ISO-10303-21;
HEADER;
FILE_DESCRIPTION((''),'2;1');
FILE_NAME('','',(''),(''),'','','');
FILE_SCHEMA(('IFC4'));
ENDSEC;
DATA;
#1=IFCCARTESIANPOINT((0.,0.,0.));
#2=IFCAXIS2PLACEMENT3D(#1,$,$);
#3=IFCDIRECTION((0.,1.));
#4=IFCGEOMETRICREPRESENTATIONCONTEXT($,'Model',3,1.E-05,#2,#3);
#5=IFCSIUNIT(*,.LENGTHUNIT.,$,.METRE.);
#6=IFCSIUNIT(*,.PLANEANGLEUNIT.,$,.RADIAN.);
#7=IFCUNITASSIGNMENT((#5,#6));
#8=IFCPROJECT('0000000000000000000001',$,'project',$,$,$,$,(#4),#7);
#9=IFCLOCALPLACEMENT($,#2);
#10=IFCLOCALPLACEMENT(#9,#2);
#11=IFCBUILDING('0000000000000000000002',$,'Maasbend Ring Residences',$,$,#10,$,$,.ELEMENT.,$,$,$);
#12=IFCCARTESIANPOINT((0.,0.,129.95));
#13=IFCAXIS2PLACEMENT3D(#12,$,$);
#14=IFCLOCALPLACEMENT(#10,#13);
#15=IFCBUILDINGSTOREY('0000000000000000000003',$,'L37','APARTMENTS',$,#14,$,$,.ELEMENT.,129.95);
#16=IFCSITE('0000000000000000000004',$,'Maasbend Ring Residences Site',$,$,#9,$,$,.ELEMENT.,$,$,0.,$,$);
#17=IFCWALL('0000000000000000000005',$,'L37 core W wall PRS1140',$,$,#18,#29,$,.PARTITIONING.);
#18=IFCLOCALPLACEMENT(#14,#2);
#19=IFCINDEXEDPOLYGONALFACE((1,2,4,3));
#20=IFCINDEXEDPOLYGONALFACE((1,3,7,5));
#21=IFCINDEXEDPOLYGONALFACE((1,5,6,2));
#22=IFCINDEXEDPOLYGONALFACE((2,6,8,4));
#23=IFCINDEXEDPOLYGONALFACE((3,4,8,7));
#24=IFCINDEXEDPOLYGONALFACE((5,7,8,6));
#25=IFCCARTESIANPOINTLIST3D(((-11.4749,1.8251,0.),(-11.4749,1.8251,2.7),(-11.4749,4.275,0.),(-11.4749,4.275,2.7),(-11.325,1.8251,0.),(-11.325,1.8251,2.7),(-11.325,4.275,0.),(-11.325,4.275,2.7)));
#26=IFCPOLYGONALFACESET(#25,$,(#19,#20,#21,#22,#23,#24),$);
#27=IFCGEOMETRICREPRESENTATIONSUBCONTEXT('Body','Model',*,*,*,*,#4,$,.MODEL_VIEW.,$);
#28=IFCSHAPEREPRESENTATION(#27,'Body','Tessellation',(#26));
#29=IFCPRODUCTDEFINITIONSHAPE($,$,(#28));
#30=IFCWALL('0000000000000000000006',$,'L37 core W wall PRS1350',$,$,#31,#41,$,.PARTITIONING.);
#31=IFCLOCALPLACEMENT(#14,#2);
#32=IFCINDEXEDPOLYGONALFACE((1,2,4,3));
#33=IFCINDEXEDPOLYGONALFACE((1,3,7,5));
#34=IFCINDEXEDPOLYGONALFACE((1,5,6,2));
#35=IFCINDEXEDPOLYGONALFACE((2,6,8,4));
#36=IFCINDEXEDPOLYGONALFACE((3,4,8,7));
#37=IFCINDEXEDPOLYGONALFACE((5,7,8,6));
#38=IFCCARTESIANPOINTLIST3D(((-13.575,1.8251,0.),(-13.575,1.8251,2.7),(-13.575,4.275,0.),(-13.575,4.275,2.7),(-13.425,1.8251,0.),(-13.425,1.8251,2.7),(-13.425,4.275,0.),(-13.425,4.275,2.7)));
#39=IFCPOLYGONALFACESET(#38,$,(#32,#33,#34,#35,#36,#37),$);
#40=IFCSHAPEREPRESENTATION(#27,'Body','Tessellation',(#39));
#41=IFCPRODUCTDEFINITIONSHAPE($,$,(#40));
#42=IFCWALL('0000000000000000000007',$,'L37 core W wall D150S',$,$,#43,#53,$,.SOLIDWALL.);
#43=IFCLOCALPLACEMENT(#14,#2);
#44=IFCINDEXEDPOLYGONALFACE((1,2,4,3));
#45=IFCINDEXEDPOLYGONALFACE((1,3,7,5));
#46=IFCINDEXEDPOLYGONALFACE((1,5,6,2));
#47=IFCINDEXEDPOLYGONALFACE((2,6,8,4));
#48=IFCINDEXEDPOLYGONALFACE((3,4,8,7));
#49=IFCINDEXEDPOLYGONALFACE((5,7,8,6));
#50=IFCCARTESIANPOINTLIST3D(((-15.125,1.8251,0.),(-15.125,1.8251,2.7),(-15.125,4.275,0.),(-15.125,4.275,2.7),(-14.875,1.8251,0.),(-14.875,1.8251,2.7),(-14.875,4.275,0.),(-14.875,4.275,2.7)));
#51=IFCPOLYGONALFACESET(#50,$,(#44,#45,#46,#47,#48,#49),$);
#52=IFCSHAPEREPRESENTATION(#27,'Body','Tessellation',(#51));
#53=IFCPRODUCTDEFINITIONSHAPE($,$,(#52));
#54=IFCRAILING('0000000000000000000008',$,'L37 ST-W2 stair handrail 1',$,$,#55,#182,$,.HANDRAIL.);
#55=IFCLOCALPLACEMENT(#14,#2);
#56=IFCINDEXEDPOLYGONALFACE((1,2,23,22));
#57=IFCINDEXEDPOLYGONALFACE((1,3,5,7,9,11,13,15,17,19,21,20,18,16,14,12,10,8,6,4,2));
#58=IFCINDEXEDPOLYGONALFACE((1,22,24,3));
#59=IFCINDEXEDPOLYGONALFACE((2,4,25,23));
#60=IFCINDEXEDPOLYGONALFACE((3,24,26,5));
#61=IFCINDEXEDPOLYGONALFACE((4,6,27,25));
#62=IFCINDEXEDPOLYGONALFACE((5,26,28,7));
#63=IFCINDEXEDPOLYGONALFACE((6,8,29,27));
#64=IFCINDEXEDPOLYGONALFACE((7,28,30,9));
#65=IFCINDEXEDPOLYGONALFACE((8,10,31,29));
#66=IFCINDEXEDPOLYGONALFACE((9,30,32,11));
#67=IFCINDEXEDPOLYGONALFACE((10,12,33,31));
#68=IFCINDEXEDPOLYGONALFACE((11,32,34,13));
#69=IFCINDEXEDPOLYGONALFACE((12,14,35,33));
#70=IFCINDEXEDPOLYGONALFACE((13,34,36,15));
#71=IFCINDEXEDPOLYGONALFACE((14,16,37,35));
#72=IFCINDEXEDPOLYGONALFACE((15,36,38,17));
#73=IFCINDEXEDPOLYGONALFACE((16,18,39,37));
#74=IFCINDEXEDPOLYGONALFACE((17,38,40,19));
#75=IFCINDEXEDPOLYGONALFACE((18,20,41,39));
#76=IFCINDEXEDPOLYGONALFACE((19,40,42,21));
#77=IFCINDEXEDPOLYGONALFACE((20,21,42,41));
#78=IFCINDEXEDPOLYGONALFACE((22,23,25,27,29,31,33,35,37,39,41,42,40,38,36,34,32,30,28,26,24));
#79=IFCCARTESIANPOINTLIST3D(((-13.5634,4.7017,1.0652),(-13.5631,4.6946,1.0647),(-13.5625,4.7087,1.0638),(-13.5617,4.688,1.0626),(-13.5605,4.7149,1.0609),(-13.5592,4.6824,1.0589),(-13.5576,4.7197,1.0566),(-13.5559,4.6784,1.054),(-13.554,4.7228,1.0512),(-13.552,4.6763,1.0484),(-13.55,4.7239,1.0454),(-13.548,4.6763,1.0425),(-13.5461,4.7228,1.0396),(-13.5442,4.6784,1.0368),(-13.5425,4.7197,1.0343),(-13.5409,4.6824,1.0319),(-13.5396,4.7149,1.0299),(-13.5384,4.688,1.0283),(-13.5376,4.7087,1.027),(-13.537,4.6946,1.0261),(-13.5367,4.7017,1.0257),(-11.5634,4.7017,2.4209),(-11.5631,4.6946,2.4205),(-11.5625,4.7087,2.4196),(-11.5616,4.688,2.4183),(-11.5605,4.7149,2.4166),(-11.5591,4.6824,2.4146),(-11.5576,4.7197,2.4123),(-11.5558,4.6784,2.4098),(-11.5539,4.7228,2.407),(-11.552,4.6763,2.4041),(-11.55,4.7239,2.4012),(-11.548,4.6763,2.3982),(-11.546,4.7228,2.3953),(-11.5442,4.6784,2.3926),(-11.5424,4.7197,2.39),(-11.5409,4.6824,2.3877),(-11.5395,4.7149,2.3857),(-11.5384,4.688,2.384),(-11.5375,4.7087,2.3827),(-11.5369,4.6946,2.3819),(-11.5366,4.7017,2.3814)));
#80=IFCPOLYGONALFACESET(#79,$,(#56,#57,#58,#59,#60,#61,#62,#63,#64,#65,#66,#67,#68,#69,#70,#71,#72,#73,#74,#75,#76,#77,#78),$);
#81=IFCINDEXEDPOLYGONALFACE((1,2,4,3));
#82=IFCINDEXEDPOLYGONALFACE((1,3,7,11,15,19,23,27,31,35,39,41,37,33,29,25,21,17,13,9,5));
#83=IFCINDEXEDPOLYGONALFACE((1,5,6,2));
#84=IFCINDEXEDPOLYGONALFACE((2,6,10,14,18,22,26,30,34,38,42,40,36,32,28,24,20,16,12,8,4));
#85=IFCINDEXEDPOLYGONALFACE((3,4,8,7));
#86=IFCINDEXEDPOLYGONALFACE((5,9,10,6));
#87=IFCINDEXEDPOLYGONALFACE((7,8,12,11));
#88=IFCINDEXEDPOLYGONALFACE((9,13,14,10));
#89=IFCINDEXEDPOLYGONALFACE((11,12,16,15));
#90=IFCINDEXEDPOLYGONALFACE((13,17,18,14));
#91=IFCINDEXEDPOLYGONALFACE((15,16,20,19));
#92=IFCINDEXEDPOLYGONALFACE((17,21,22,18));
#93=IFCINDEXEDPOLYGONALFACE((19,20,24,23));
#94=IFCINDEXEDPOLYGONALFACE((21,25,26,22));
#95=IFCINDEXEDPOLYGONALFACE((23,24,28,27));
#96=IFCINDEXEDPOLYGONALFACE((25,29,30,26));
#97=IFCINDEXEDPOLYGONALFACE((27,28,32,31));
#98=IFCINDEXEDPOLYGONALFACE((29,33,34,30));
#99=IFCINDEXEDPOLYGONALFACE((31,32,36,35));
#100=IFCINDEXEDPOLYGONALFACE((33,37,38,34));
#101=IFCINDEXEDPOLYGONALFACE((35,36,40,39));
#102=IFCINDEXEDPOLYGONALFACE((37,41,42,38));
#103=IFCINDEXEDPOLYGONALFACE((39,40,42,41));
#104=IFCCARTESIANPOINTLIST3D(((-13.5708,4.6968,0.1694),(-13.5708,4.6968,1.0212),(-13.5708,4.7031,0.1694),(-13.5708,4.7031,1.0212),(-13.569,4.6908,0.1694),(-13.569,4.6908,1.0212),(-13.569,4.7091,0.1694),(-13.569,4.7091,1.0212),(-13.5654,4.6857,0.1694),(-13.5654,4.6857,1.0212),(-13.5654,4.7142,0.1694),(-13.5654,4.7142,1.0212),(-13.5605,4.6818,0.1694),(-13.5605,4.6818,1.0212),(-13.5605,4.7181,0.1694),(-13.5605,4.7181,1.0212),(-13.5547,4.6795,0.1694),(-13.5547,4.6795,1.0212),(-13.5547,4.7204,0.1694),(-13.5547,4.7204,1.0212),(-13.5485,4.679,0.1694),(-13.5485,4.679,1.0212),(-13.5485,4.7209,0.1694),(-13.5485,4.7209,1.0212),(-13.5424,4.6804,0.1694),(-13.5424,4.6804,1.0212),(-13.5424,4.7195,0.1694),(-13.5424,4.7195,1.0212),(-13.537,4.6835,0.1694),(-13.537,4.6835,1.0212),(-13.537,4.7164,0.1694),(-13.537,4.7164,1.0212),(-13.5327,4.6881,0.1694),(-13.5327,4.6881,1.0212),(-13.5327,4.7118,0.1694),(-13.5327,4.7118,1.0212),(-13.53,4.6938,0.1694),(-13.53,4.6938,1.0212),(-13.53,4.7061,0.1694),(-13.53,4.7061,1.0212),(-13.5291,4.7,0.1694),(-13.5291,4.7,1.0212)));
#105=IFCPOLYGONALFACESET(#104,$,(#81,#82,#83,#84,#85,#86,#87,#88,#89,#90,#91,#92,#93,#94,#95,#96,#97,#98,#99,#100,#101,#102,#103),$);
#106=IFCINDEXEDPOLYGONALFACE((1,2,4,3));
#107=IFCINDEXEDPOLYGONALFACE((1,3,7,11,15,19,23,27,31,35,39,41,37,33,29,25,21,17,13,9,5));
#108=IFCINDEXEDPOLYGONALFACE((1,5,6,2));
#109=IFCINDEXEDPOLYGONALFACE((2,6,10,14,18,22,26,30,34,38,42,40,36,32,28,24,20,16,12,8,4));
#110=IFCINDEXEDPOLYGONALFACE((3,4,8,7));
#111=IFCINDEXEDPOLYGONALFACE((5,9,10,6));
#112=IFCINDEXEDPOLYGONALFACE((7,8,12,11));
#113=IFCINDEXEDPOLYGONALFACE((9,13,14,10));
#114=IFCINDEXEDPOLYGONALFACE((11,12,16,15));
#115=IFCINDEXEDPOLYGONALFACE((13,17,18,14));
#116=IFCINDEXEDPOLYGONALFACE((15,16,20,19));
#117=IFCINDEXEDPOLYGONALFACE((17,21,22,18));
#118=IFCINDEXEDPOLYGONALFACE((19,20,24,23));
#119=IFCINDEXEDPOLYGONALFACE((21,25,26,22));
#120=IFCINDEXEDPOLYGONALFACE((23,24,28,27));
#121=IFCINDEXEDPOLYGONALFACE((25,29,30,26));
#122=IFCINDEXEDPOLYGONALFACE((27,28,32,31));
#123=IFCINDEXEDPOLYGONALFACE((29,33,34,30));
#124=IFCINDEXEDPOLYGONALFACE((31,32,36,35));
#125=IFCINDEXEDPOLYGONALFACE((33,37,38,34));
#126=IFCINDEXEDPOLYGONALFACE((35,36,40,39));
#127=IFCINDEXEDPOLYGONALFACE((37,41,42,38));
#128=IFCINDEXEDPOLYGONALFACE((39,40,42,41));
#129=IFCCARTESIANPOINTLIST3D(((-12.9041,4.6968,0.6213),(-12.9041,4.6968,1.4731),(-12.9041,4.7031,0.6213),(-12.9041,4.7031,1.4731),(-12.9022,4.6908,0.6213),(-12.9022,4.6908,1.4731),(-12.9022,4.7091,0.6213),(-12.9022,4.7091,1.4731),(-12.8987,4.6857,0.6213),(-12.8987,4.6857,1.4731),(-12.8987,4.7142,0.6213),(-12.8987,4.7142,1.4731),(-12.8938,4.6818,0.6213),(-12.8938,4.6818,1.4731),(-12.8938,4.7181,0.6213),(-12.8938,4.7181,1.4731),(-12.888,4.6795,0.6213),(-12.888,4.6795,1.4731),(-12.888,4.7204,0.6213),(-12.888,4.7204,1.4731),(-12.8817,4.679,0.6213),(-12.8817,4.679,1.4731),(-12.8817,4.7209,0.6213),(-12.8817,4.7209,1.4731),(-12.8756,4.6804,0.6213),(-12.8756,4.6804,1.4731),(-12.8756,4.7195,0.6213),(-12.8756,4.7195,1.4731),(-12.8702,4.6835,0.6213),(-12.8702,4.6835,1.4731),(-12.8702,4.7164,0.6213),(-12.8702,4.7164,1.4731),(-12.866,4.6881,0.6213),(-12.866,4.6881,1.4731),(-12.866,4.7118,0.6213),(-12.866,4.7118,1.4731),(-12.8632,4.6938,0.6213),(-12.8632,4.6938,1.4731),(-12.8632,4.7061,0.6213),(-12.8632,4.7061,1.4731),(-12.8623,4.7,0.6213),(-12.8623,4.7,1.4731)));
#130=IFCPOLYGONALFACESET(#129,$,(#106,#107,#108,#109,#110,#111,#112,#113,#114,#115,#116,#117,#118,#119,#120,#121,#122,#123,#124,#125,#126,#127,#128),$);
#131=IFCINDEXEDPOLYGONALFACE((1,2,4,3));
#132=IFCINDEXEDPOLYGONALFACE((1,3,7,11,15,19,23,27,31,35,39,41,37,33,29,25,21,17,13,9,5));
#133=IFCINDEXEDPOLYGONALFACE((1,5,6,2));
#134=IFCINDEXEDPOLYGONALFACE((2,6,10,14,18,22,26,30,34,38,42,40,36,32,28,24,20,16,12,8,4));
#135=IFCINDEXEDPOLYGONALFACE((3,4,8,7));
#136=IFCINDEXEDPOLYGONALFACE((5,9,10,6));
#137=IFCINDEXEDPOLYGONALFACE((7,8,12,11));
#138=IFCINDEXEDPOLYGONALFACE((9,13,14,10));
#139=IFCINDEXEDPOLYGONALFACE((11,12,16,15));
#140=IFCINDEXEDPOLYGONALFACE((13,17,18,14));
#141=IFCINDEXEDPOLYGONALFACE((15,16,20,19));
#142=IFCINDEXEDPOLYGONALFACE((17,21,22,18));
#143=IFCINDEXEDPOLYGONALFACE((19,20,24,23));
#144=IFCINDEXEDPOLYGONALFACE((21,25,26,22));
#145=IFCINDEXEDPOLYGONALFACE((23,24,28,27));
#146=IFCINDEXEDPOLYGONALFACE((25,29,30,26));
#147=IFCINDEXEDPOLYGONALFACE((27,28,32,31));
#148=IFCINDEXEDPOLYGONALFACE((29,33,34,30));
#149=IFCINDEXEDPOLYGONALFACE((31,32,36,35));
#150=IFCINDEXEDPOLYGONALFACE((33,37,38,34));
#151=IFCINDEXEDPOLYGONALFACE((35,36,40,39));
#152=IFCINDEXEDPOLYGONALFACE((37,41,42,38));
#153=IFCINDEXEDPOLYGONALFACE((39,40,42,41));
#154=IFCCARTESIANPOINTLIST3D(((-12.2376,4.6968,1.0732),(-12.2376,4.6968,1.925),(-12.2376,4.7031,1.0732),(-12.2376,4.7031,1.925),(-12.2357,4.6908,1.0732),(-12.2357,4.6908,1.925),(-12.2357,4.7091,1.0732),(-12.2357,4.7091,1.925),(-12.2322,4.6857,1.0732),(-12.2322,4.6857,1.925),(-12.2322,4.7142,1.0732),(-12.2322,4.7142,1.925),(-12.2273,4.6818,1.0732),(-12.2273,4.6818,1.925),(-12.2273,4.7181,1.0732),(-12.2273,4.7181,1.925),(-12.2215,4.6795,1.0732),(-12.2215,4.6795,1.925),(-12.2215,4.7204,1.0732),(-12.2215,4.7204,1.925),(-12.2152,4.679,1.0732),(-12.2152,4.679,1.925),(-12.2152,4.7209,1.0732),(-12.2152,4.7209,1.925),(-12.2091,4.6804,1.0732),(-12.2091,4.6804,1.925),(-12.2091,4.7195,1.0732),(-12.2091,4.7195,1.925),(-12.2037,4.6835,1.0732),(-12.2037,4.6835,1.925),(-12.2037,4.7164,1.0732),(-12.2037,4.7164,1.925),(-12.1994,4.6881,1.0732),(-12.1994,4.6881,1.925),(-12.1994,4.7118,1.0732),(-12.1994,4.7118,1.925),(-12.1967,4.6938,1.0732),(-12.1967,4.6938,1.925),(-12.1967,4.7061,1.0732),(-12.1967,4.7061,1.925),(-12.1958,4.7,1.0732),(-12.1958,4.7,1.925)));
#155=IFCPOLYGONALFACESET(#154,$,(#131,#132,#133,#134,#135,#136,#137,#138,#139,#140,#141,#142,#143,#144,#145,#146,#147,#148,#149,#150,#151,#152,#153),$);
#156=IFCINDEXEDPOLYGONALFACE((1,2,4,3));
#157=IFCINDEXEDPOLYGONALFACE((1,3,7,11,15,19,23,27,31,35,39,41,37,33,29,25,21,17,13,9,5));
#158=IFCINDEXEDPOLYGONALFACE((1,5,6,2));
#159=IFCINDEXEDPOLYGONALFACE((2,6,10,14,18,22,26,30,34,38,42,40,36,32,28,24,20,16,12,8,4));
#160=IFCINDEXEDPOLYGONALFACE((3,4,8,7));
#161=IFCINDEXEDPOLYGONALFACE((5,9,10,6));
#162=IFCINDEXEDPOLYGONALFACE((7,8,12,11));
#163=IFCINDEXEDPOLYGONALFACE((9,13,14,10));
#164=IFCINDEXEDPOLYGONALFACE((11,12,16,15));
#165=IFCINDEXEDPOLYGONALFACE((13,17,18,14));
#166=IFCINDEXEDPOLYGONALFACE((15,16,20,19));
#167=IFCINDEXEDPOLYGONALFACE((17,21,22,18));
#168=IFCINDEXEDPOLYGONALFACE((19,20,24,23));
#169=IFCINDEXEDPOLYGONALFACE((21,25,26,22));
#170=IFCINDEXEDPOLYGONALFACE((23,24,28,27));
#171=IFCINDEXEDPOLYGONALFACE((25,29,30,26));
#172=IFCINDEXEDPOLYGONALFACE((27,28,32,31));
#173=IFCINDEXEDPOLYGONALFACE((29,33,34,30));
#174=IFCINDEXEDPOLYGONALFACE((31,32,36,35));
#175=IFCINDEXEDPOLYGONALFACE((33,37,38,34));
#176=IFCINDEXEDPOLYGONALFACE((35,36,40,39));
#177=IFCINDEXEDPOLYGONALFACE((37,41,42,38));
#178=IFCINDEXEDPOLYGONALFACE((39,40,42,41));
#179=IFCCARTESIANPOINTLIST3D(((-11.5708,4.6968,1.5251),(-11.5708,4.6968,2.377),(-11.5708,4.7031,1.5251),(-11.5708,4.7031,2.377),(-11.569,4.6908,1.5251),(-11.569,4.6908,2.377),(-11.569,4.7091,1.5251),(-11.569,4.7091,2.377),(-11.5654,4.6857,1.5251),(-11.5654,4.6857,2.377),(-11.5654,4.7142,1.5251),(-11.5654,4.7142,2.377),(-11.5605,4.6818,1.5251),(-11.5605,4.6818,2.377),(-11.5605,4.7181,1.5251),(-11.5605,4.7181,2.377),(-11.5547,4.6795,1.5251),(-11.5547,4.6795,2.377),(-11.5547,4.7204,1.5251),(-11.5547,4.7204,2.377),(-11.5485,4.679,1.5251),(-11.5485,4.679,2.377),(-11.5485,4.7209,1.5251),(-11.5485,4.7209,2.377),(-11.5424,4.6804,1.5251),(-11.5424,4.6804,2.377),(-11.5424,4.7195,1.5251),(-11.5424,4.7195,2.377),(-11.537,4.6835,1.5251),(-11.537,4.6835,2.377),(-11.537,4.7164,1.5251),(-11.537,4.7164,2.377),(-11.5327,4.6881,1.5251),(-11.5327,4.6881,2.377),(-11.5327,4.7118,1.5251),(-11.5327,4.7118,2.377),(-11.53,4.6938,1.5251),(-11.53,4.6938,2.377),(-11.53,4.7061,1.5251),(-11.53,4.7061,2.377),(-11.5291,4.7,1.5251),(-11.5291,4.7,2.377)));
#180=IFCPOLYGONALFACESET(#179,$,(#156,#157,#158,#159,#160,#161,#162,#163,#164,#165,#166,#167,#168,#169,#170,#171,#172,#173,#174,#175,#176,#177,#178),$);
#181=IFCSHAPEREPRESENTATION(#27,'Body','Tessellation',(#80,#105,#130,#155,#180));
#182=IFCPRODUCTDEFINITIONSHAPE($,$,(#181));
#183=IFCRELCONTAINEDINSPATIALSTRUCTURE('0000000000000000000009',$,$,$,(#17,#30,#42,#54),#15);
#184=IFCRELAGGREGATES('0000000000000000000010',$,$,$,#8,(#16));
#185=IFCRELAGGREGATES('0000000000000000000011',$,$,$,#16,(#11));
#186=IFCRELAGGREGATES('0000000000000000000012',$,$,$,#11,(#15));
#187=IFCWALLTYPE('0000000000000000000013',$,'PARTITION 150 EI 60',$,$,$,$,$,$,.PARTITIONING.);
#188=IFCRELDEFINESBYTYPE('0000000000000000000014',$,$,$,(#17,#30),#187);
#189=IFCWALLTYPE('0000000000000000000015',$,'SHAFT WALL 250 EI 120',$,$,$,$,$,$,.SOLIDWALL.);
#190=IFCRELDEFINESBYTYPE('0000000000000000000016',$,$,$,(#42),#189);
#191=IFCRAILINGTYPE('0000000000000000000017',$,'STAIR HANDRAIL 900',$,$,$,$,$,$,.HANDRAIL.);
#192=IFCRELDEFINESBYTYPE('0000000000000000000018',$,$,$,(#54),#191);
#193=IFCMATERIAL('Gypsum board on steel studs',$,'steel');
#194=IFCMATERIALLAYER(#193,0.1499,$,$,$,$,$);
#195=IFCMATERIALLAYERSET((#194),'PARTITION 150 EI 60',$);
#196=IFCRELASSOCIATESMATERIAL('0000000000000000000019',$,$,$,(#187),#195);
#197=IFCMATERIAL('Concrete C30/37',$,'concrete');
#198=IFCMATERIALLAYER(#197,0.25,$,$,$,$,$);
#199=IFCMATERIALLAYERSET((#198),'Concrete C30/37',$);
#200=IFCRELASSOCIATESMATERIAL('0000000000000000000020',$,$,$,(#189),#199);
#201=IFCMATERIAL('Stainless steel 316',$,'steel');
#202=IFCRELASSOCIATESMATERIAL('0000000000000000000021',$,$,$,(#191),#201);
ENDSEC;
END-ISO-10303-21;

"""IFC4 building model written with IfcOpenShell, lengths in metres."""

from ifc_helpers import new_model, si_unit, direction, frame, frame_2d, origin, origin_2d, place, context, subcontext, project, spatial, rectangle, circle, extrude, material, layer, layer_set, type_object, element, save


model = new_model("IFC4")

# Units and contexts
model_context = context("Model", 3, precision=1e-05, world=origin(), true_north=direction((0.0, 1.0)))
body_context = subcontext(model_context, "Body", "Model", "MODEL_VIEW")
ifc_project = project(units=[si_unit("LENGTHUNIT", "METRE"), si_unit("PLANEANGLEUNIT", "RADIAN")], contexts=[model_context])

# Site, building, storey
site_placement = place(None, origin())
site = spatial("IfcSite", under=ifc_project, at=site_placement, Name="Maasbend Ring Residences Site", CompositionType="ELEMENT", RefElevation=0.0)
building_placement = place(site_placement, origin())
building = spatial("IfcBuilding", under=site, at=building_placement, Name="Maasbend Ring Residences", CompositionType="ELEMENT")
storey_placement = place(building_placement, frame((0.0, 0.0, 129.95)))
storey = spatial("IfcBuildingStorey", under=building, at=storey_placement, Name="L37", Description="APARTMENTS", CompositionType="ELEMENT", Elevation=129.95)

# Walls
ifc_material_1 = material(Name="Gypsum board on steel studs", Category="steel")
ifc_layer_1 = layer(ifc_material_1, 0.1499)
ifc_layer_set_1 = layer_set([ifc_layer_1], Name="PARTITION 150 EI 60")
wall_type_1 = type_object("IfcWallType", Name="PARTITION 150 EI 60", PredefinedType="PARTITIONING", material=ifc_layer_set_1)
for number, where, z_axis, x_axis, name in (
    (1, (-11.3999, 1.825, 0.0), (0.0, 0.0, 1.0), (0.0, 1.0, 0.0), "L37 core W wall PRS1140"),
    (2, (-13.5, 1.825, 0.0), (0.0, 0.0, 1.0), (0.0, 1.0, 0.0), "L37 core W wall PRS1350"),
):
    element("IfcWall", number, at=place(storey_placement, frame(where, z_axis=z_axis, x_axis=x_axis)), inside=storey, type_object=wall_type_1, Name=name, PredefinedType="PARTITIONING", context=body_context, shape_type="SweptSolid", body=[
        extrude(rectangle(XDim=2.45, YDim=0.1499, at=frame_2d((1.2251, 0.0))), origin(), (0.0, 0.0, 1.0), 2.7),
    ])
ifc_material_2 = material(Name="Concrete C30/37", Category="concrete")
ifc_layer_2 = layer(ifc_material_2, 0.25)
ifc_layer_set_2 = layer_set([ifc_layer_2], Name="Concrete C30/37")
wall_type_2 = type_object("IfcWallType", Name="SHAFT WALL 250 EI 120", PredefinedType="SOLIDWALL", material=ifc_layer_set_2)
wall_1_placement = place(storey_placement, frame((-15.0, 1.825, 0.0), z_axis=(0.0, 0.0, 1.0), x_axis=(0.0, 1.0, 0.0)))
element("IfcWall", 3, at=wall_1_placement, inside=storey, type_object=wall_type_2, Name="L37 core W wall D150S", PredefinedType="SOLIDWALL", context=body_context, shape_type="SweptSolid", body=[
    extrude(rectangle(XDim=2.45, YDim=0.25, at=frame_2d((1.2251, 0.0))), origin(), (0.0, 0.0, 1.0), 2.7),
])

# Railing
ifc_material_3 = material(Name="Stainless steel 316", Category="steel")
railing_type_1 = type_object("IfcRailingType", Name="STAIR HANDRAIL 900", PredefinedType="HANDRAIL", material=ifc_material_3)
railing_1_placement = place(storey_placement, frame((-13.55, 4.7, 0.1694)))
element("IfcRailing", 4, at=railing_1_placement, inside=storey, type_object=railing_type_1, Name="L37 ST-W2 stair handrail 1", PredefinedType="HANDRAIL", context=body_context, shape_type="SweptSolid", body=[
    extrude(circle(Radius=0.0239, at=origin_2d()), frame((0.0, 0.0, 0.876), z_axis=(0.827751, 0.0, 0.561096), x_axis=(0.0, 1.0, 0.0)), (0.0, 0.0, 1.0), 2.4163),
    extrude(circle(Radius=0.021, at=origin_2d()), origin(), (0.0, 0.0, 1.0), 0.8518),
    extrude(circle(Radius=0.021, at=origin_2d()), frame((0.6667, 0.0, 0.4519)), (0.0, 0.0, 1.0), 0.8518),
    extrude(circle(Radius=0.021, at=origin_2d()), frame((1.3333, 0.0, 0.9038)), (0.0, 0.0, 1.0), 0.8518),
    extrude(circle(Radius=0.021, at=origin_2d()), frame((2.0, 0.0, 1.3557)), (0.0, 0.0, 1.0), 0.8518),
])

save(model, "model.ifc")
